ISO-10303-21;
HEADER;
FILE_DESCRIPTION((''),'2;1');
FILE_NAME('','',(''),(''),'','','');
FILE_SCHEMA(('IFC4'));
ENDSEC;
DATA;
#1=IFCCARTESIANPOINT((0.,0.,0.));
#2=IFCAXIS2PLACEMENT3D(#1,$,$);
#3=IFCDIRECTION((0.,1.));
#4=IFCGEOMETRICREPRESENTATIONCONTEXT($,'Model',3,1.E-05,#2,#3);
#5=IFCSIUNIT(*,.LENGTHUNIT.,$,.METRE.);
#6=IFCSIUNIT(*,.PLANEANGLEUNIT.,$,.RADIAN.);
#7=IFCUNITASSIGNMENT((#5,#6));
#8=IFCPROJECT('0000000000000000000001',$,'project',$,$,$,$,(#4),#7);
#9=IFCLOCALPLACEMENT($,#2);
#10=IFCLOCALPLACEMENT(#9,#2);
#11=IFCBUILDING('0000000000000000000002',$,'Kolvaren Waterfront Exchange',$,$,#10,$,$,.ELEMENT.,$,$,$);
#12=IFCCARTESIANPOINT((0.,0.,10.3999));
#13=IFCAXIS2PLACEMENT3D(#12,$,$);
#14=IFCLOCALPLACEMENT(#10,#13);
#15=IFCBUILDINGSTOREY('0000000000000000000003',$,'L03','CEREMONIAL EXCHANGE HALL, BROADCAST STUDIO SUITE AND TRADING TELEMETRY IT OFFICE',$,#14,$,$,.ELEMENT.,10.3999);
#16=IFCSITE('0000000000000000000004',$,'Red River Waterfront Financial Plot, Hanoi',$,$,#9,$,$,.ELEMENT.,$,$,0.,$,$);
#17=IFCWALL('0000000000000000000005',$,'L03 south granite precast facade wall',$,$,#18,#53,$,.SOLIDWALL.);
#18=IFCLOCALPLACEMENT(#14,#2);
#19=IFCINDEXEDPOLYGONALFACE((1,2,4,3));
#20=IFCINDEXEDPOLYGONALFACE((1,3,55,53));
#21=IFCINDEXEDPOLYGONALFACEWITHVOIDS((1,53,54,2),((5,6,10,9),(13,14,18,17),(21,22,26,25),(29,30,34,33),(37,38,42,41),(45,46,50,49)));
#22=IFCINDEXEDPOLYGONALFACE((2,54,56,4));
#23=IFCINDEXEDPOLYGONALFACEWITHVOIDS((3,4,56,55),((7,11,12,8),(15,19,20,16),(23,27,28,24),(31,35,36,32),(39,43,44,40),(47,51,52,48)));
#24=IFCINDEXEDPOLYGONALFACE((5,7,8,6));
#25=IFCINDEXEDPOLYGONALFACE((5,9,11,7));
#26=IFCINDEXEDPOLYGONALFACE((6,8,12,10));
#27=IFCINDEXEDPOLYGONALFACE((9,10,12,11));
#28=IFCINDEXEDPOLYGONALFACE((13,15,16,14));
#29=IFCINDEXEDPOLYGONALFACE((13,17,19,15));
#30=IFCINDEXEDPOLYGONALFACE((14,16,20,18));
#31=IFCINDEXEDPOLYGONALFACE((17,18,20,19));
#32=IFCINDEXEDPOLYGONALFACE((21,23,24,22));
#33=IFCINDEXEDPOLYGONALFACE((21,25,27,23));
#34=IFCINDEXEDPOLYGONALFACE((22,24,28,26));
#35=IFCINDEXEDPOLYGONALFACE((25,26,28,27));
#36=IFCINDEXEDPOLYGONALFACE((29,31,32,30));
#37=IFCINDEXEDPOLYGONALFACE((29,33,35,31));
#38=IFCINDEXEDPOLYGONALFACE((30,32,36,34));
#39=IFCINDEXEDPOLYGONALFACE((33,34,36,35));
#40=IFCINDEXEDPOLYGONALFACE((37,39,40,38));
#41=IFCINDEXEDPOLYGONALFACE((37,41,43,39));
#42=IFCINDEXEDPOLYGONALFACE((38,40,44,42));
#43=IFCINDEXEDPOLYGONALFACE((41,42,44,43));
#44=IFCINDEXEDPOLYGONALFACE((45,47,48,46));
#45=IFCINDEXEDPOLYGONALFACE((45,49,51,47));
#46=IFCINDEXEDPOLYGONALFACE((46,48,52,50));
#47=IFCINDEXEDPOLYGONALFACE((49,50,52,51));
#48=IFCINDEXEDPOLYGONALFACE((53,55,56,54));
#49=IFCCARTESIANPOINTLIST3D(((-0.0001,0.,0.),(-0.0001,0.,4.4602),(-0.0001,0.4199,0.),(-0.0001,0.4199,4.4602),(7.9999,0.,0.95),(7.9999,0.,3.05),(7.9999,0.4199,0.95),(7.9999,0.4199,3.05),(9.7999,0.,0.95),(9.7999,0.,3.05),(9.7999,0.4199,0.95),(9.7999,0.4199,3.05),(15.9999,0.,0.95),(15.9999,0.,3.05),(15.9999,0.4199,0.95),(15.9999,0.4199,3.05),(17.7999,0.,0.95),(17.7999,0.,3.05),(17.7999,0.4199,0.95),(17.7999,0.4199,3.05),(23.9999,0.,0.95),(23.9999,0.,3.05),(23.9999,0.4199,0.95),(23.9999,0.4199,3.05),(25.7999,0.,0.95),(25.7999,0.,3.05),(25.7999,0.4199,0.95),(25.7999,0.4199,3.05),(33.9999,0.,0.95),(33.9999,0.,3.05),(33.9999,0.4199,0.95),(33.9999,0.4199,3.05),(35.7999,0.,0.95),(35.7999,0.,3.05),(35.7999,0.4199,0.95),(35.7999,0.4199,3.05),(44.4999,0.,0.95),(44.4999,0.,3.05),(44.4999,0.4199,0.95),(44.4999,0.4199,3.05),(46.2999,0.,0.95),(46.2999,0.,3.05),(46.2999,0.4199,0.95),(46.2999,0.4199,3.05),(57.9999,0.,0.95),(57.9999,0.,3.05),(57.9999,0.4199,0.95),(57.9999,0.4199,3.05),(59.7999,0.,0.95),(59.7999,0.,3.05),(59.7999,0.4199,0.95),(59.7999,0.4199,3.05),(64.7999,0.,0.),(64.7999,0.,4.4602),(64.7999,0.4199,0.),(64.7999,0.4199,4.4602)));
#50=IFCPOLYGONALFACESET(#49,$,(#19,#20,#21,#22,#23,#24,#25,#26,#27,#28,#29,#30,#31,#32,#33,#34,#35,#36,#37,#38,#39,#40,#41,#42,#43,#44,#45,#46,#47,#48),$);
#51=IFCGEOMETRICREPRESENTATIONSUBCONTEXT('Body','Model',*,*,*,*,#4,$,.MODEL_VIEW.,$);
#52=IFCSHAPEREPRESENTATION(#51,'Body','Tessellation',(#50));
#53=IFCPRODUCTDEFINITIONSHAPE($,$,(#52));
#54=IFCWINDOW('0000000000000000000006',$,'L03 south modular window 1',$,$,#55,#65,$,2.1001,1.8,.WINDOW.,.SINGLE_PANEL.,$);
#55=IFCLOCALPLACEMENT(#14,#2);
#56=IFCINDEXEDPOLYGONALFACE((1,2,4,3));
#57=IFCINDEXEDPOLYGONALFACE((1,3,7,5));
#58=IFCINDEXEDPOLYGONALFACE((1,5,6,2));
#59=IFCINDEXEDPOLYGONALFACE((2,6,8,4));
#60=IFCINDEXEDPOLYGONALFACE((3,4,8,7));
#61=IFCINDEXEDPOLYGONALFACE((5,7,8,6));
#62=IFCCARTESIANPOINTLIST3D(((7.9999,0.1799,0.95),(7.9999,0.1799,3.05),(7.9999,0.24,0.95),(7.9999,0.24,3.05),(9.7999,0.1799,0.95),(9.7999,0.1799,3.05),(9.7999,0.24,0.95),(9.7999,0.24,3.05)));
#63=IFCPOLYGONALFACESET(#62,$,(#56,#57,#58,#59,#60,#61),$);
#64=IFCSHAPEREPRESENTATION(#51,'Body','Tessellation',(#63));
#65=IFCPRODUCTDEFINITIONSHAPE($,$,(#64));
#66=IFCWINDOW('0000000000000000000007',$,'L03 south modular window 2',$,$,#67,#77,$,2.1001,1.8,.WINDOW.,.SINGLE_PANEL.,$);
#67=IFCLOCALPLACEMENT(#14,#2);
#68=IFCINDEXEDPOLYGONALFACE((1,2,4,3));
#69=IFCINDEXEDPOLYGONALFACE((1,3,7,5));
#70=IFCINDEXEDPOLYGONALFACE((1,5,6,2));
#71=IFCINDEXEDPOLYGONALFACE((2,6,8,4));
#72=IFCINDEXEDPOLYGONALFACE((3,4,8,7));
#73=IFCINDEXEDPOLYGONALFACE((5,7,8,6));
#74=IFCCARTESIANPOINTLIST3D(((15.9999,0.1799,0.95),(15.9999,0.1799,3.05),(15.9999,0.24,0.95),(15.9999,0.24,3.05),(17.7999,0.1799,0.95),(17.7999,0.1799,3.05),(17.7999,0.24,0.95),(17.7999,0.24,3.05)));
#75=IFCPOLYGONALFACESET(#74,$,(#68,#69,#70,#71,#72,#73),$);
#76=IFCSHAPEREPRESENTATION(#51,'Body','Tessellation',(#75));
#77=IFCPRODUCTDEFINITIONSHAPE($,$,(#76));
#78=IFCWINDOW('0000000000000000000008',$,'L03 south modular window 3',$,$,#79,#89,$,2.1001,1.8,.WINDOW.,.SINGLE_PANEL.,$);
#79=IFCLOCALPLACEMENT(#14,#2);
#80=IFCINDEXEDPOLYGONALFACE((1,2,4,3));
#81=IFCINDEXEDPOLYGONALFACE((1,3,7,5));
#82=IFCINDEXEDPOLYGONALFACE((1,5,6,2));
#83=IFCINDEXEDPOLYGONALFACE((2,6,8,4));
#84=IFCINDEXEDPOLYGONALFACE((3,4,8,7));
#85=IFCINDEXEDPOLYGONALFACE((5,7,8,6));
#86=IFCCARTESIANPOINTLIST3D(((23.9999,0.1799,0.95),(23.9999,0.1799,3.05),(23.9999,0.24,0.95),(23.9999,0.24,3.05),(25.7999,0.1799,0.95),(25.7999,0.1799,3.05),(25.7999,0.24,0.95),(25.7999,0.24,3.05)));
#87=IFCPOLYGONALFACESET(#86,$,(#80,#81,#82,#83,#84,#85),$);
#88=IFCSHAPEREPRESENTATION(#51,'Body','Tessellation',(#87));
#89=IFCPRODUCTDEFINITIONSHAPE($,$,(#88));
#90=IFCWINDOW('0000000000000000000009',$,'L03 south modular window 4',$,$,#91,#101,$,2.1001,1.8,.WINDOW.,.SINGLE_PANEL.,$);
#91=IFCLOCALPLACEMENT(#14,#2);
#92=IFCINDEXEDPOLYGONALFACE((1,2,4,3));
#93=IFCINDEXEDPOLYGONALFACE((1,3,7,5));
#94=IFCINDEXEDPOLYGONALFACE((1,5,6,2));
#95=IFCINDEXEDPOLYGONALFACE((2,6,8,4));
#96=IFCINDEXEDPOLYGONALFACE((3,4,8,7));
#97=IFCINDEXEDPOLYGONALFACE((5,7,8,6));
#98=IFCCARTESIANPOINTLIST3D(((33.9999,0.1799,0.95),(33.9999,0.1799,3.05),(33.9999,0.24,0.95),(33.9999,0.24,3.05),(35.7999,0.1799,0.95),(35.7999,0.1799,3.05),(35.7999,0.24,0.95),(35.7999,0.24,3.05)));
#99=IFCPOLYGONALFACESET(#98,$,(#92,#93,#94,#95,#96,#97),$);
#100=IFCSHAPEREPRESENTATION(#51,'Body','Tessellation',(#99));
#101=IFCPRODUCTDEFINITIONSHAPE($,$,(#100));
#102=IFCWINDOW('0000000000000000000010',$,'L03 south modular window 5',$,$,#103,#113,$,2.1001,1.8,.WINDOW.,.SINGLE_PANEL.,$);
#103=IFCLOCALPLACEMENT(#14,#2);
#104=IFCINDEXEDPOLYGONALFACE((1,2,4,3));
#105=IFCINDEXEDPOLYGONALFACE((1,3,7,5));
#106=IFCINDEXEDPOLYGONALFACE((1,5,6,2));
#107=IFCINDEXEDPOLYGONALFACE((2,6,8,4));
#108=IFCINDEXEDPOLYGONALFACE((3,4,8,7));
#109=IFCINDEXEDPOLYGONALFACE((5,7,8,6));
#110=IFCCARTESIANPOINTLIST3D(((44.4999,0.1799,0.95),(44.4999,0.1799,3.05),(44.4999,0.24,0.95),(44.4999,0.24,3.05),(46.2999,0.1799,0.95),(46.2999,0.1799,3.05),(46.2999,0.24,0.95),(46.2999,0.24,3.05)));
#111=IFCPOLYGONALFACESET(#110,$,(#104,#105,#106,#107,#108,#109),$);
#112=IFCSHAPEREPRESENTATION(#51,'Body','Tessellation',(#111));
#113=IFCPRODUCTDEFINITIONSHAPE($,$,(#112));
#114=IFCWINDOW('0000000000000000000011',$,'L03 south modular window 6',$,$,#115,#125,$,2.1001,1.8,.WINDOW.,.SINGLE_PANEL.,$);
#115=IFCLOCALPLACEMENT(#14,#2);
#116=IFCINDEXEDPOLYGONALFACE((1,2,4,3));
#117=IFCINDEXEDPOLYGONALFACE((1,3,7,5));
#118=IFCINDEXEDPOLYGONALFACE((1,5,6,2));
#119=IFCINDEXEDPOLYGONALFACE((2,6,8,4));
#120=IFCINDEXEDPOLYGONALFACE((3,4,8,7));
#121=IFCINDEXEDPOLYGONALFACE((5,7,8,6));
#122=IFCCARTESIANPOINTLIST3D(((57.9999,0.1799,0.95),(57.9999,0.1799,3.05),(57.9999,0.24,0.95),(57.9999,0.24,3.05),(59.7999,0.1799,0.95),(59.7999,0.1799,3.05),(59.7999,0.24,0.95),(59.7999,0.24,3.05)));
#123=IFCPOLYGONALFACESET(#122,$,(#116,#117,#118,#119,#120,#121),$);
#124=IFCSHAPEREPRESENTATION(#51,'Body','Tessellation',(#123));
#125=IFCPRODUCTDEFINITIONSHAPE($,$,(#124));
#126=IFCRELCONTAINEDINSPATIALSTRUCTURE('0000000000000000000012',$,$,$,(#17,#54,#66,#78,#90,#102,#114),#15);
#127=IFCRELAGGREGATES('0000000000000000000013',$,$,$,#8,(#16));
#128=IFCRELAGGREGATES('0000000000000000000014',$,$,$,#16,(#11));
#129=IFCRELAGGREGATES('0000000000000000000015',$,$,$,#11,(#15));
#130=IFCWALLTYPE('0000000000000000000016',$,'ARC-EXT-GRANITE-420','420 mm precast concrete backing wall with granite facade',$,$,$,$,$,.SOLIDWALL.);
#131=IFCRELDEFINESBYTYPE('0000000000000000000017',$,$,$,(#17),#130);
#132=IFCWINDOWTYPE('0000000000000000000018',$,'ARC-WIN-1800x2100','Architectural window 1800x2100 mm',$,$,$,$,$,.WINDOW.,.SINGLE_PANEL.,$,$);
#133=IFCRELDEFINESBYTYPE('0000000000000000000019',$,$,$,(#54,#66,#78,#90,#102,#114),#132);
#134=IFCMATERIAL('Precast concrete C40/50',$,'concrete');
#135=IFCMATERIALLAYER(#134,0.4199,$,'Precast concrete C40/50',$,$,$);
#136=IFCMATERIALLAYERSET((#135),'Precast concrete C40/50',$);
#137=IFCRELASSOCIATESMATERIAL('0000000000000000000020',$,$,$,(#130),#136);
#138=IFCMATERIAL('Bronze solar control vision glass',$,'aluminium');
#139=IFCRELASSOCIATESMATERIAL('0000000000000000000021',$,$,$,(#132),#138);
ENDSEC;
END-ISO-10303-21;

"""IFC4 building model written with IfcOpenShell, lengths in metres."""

from ifc_helpers import new_model, si_unit, direction, frame, frame_2d, origin, place, context, subcontext, project, spatial, rectangle, extrude, material, layer, layer_set, type_object, element, fill, save


model = new_model("IFC4")

# Units and contexts
model_context = context("Model", 3, precision=1e-05, world=origin(), true_north=direction((0.0, 1.0)))
body_context = subcontext(model_context, "Body", "Model", "MODEL_VIEW")
ifc_project = project(units=[si_unit("LENGTHUNIT", "METRE"), si_unit("PLANEANGLEUNIT", "RADIAN")], contexts=[model_context])

# Site, building, storey
site_placement = place(None, origin())
site = spatial("IfcSite", under=ifc_project, at=site_placement, Name="Red River Waterfront Financial Plot, Hanoi", CompositionType="ELEMENT", RefElevation=0.0)
building_placement = place(site_placement, origin())
building = spatial("IfcBuilding", under=site, at=building_placement, Name="Kolvaren Waterfront Exchange", CompositionType="ELEMENT")
storey_placement = place(building_placement, frame((0.0, 0.0, 10.3999)))
storey = spatial("IfcBuildingStorey", under=building, at=storey_placement, Name="L03", Description="CEREMONIAL EXCHANGE HALL, BROADCAST STUDIO SUITE AND TRADING TELEMETRY IT OFFICE", CompositionType="ELEMENT", Elevation=10.3999)

# Wall, openings, windows
ifc_material_1 = material(Name="Precast concrete C40/50", Category="concrete")
ifc_layer_1 = layer(ifc_material_1, 0.4199, Name="Precast concrete C40/50")
ifc_layer_set_1 = layer_set([ifc_layer_1], Name="Precast concrete C40/50")
wall_type_1 = type_object("IfcWallType", Name="ARC-EXT-GRANITE-420", Description="420 mm precast concrete backing wall with granite facade", PredefinedType="SOLIDWALL", material=ifc_layer_set_1)
wall_1_placement = place(storey_placement, frame((0.0, 0.21, 0.0), z_axis=(0.0, 0.0, 1.0), x_axis=(1.0, 0.0, 0.0)))
wall_1 = element("IfcWall", 1, at=wall_1_placement, inside=storey, type_object=wall_type_1, Name="L03 south granite precast facade wall", PredefinedType="SOLIDWALL", context=body_context, shape_type="SweptSolid", body=[
    extrude(rectangle(XDim=64.8, YDim=0.4199, at=frame_2d((32.3999, 0.0))), origin(), (0.0, 0.0, 1.0), 4.4602),
])
opening_1_placement = place(wall_1_placement, frame((8.0, 0.0, 0.95)))
opening_1 = element("IfcOpeningElement", 2, at=opening_1_placement, cuts=wall_1, PredefinedType="OPENING", context=body_context, shape_type="SweptSolid", body=[
    extrude(rectangle(XDim=1.8, YDim=2.1001, at=frame_2d((0.8999, 1.05))), frame((0.0, 0.22, 0.0), z_axis=(0.0, -1.0, 0.0), x_axis=(1.0, 0.0, 0.0)), (0.0, 0.0, 1.0), 0.4399),
])
opening_2_placement = place(wall_1_placement, frame((16.0, 0.0, 0.95)))
opening_2 = element("IfcOpeningElement", 3, at=opening_2_placement, cuts=wall_1, PredefinedType="OPENING", context=body_context, shape_type="SweptSolid", body=[
    extrude(rectangle(XDim=1.8, YDim=2.1001, at=frame_2d((0.8999, 1.05))), frame((0.0, 0.22, 0.0), z_axis=(0.0, -1.0, 0.0), x_axis=(1.0, 0.0, 0.0)), (0.0, 0.0, 1.0), 0.4399),
])
opening_3_placement = place(wall_1_placement, frame((24.0, 0.0, 0.95)))
opening_3 = element("IfcOpeningElement", 4, at=opening_3_placement, cuts=wall_1, PredefinedType="OPENING", context=body_context, shape_type="SweptSolid", body=[
    extrude(rectangle(XDim=1.8, YDim=2.1001, at=frame_2d((0.8999, 1.05))), frame((0.0, 0.22, 0.0), z_axis=(0.0, -1.0, 0.0), x_axis=(1.0, 0.0, 0.0)), (0.0, 0.0, 1.0), 0.4399),
])
opening_4_placement = place(wall_1_placement, frame((34.0, 0.0, 0.95)))
opening_4 = element("IfcOpeningElement", 5, at=opening_4_placement, cuts=wall_1, PredefinedType="OPENING", context=body_context, shape_type="SweptSolid", body=[
    extrude(rectangle(XDim=1.8, YDim=2.1001, at=frame_2d((0.8999, 1.05))), frame((0.0, 0.22, 0.0), z_axis=(0.0, -1.0, 0.0), x_axis=(1.0, 0.0, 0.0)), (0.0, 0.0, 1.0), 0.4399),
])
opening_5_placement = place(wall_1_placement, frame((44.5, 0.0, 0.95)))
opening_5 = element("IfcOpeningElement", 6, at=opening_5_placement, cuts=wall_1, PredefinedType="OPENING", context=body_context, shape_type="SweptSolid", body=[
    extrude(rectangle(XDim=1.8, YDim=2.1001, at=frame_2d((0.8999, 1.05))), frame((0.0, 0.22, 0.0), z_axis=(0.0, -1.0, 0.0), x_axis=(1.0, 0.0, 0.0)), (0.0, 0.0, 1.0), 0.4399),
])
opening_6_placement = place(wall_1_placement, frame((58.0, 0.0, 0.95)))
opening_6 = element("IfcOpeningElement", 7, at=opening_6_placement, cuts=wall_1, PredefinedType="OPENING", context=body_context, shape_type="SweptSolid", body=[
    extrude(rectangle(XDim=1.8, YDim=2.1001, at=frame_2d((0.8999, 1.05))), frame((0.0, 0.22, 0.0), z_axis=(0.0, -1.0, 0.0), x_axis=(1.0, 0.0, 0.0)), (0.0, 0.0, 1.0), 0.4399),
])
ifc_material_2 = material(Name="Bronze solar control vision glass", Category="aluminium")
window_type = type_object("IfcWindowType", Name="ARC-WIN-1800x2100", Description="Architectural window 1800x2100 mm", PartitioningType="SINGLE_PANEL", PredefinedType="WINDOW", material=ifc_material_2)
window_1_placement = place(opening_1_placement, origin())
window_1 = element("IfcWindow", 8, at=window_1_placement, inside=storey, type_object=window_type, Name="L03 south modular window 1", OverallHeight=2.1001, OverallWidth=1.8, PartitioningType="SINGLE_PANEL", PredefinedType="WINDOW", context=body_context, shape_type="SweptSolid", body=[
    extrude(rectangle(XDim=1.8, YDim=2.1001, at=frame_2d((0.8999, 1.05))), frame((0.0, 0.03, 0.0), z_axis=(0.0, -1.0, 0.0), x_axis=(1.0, 0.0, 0.0)), (0.0, 0.0, 1.0), 0.0601),
])
fill(opening_1, window_1)
window_2_placement = place(opening_2_placement, origin())
window_2 = element("IfcWindow", 9, at=window_2_placement, inside=storey, type_object=window_type, Name="L03 south modular window 2", OverallHeight=2.1001, OverallWidth=1.8, PartitioningType="SINGLE_PANEL", PredefinedType="WINDOW", context=body_context, shape_type="SweptSolid", body=[
    extrude(rectangle(XDim=1.8, YDim=2.1001, at=frame_2d((0.8999, 1.05))), frame((0.0, 0.03, 0.0), z_axis=(0.0, -1.0, 0.0), x_axis=(1.0, 0.0, 0.0)), (0.0, 0.0, 1.0), 0.0601),
])
fill(opening_2, window_2)
window_3_placement = place(opening_3_placement, origin())
window_3 = element("IfcWindow", 10, at=window_3_placement, inside=storey, type_object=window_type, Name="L03 south modular window 3", OverallHeight=2.1001, OverallWidth=1.8, PartitioningType="SINGLE_PANEL", PredefinedType="WINDOW", context=body_context, shape_type="SweptSolid", body=[
    extrude(rectangle(XDim=1.8, YDim=2.1001, at=frame_2d((0.8999, 1.05))), frame((0.0, 0.03, 0.0), z_axis=(0.0, -1.0, 0.0), x_axis=(1.0, 0.0, 0.0)), (0.0, 0.0, 1.0), 0.0601),
])
fill(opening_3, window_3)
window_4_placement = place(opening_4_placement, origin())
window_4 = element("IfcWindow", 11, at=window_4_placement, inside=storey, type_object=window_type, Name="L03 south modular window 4", OverallHeight=2.1001, OverallWidth=1.8, PartitioningType="SINGLE_PANEL", PredefinedType="WINDOW", context=body_context, shape_type="SweptSolid", body=[
    extrude(rectangle(XDim=1.8, YDim=2.1001, at=frame_2d((0.8999, 1.05))), frame((0.0, 0.03, 0.0), z_axis=(0.0, -1.0, 0.0), x_axis=(1.0, 0.0, 0.0)), (0.0, 0.0, 1.0), 0.0601),
])
fill(opening_4, window_4)
window_5_placement = place(opening_5_placement, origin())
window_5 = element("IfcWindow", 12, at=window_5_placement, inside=storey, type_object=window_type, Name="L03 south modular window 5", OverallHeight=2.1001, OverallWidth=1.8, PartitioningType="SINGLE_PANEL", PredefinedType="WINDOW", context=body_context, shape_type="SweptSolid", body=[
    extrude(rectangle(XDim=1.8, YDim=2.1001, at=frame_2d((0.8999, 1.05))), frame((0.0, 0.03, 0.0), z_axis=(0.0, -1.0, 0.0), x_axis=(1.0, 0.0, 0.0)), (0.0, 0.0, 1.0), 0.0601),
])
fill(opening_5, window_5)
window_6_placement = place(opening_6_placement, origin())
window_6 = element("IfcWindow", 13, at=window_6_placement, inside=storey, type_object=window_type, Name="L03 south modular window 6", OverallHeight=2.1001, OverallWidth=1.8, PartitioningType="SINGLE_PANEL", PredefinedType="WINDOW", context=body_context, shape_type="SweptSolid", body=[
    extrude(rectangle(XDim=1.8, YDim=2.1001, at=frame_2d((0.8999, 1.05))), frame((0.0, 0.03, 0.0), z_axis=(0.0, -1.0, 0.0), x_axis=(1.0, 0.0, 0.0)), (0.0, 0.0, 1.0), 0.0601),
])
fill(opening_6, window_6)

save(model, "model.ifc")
